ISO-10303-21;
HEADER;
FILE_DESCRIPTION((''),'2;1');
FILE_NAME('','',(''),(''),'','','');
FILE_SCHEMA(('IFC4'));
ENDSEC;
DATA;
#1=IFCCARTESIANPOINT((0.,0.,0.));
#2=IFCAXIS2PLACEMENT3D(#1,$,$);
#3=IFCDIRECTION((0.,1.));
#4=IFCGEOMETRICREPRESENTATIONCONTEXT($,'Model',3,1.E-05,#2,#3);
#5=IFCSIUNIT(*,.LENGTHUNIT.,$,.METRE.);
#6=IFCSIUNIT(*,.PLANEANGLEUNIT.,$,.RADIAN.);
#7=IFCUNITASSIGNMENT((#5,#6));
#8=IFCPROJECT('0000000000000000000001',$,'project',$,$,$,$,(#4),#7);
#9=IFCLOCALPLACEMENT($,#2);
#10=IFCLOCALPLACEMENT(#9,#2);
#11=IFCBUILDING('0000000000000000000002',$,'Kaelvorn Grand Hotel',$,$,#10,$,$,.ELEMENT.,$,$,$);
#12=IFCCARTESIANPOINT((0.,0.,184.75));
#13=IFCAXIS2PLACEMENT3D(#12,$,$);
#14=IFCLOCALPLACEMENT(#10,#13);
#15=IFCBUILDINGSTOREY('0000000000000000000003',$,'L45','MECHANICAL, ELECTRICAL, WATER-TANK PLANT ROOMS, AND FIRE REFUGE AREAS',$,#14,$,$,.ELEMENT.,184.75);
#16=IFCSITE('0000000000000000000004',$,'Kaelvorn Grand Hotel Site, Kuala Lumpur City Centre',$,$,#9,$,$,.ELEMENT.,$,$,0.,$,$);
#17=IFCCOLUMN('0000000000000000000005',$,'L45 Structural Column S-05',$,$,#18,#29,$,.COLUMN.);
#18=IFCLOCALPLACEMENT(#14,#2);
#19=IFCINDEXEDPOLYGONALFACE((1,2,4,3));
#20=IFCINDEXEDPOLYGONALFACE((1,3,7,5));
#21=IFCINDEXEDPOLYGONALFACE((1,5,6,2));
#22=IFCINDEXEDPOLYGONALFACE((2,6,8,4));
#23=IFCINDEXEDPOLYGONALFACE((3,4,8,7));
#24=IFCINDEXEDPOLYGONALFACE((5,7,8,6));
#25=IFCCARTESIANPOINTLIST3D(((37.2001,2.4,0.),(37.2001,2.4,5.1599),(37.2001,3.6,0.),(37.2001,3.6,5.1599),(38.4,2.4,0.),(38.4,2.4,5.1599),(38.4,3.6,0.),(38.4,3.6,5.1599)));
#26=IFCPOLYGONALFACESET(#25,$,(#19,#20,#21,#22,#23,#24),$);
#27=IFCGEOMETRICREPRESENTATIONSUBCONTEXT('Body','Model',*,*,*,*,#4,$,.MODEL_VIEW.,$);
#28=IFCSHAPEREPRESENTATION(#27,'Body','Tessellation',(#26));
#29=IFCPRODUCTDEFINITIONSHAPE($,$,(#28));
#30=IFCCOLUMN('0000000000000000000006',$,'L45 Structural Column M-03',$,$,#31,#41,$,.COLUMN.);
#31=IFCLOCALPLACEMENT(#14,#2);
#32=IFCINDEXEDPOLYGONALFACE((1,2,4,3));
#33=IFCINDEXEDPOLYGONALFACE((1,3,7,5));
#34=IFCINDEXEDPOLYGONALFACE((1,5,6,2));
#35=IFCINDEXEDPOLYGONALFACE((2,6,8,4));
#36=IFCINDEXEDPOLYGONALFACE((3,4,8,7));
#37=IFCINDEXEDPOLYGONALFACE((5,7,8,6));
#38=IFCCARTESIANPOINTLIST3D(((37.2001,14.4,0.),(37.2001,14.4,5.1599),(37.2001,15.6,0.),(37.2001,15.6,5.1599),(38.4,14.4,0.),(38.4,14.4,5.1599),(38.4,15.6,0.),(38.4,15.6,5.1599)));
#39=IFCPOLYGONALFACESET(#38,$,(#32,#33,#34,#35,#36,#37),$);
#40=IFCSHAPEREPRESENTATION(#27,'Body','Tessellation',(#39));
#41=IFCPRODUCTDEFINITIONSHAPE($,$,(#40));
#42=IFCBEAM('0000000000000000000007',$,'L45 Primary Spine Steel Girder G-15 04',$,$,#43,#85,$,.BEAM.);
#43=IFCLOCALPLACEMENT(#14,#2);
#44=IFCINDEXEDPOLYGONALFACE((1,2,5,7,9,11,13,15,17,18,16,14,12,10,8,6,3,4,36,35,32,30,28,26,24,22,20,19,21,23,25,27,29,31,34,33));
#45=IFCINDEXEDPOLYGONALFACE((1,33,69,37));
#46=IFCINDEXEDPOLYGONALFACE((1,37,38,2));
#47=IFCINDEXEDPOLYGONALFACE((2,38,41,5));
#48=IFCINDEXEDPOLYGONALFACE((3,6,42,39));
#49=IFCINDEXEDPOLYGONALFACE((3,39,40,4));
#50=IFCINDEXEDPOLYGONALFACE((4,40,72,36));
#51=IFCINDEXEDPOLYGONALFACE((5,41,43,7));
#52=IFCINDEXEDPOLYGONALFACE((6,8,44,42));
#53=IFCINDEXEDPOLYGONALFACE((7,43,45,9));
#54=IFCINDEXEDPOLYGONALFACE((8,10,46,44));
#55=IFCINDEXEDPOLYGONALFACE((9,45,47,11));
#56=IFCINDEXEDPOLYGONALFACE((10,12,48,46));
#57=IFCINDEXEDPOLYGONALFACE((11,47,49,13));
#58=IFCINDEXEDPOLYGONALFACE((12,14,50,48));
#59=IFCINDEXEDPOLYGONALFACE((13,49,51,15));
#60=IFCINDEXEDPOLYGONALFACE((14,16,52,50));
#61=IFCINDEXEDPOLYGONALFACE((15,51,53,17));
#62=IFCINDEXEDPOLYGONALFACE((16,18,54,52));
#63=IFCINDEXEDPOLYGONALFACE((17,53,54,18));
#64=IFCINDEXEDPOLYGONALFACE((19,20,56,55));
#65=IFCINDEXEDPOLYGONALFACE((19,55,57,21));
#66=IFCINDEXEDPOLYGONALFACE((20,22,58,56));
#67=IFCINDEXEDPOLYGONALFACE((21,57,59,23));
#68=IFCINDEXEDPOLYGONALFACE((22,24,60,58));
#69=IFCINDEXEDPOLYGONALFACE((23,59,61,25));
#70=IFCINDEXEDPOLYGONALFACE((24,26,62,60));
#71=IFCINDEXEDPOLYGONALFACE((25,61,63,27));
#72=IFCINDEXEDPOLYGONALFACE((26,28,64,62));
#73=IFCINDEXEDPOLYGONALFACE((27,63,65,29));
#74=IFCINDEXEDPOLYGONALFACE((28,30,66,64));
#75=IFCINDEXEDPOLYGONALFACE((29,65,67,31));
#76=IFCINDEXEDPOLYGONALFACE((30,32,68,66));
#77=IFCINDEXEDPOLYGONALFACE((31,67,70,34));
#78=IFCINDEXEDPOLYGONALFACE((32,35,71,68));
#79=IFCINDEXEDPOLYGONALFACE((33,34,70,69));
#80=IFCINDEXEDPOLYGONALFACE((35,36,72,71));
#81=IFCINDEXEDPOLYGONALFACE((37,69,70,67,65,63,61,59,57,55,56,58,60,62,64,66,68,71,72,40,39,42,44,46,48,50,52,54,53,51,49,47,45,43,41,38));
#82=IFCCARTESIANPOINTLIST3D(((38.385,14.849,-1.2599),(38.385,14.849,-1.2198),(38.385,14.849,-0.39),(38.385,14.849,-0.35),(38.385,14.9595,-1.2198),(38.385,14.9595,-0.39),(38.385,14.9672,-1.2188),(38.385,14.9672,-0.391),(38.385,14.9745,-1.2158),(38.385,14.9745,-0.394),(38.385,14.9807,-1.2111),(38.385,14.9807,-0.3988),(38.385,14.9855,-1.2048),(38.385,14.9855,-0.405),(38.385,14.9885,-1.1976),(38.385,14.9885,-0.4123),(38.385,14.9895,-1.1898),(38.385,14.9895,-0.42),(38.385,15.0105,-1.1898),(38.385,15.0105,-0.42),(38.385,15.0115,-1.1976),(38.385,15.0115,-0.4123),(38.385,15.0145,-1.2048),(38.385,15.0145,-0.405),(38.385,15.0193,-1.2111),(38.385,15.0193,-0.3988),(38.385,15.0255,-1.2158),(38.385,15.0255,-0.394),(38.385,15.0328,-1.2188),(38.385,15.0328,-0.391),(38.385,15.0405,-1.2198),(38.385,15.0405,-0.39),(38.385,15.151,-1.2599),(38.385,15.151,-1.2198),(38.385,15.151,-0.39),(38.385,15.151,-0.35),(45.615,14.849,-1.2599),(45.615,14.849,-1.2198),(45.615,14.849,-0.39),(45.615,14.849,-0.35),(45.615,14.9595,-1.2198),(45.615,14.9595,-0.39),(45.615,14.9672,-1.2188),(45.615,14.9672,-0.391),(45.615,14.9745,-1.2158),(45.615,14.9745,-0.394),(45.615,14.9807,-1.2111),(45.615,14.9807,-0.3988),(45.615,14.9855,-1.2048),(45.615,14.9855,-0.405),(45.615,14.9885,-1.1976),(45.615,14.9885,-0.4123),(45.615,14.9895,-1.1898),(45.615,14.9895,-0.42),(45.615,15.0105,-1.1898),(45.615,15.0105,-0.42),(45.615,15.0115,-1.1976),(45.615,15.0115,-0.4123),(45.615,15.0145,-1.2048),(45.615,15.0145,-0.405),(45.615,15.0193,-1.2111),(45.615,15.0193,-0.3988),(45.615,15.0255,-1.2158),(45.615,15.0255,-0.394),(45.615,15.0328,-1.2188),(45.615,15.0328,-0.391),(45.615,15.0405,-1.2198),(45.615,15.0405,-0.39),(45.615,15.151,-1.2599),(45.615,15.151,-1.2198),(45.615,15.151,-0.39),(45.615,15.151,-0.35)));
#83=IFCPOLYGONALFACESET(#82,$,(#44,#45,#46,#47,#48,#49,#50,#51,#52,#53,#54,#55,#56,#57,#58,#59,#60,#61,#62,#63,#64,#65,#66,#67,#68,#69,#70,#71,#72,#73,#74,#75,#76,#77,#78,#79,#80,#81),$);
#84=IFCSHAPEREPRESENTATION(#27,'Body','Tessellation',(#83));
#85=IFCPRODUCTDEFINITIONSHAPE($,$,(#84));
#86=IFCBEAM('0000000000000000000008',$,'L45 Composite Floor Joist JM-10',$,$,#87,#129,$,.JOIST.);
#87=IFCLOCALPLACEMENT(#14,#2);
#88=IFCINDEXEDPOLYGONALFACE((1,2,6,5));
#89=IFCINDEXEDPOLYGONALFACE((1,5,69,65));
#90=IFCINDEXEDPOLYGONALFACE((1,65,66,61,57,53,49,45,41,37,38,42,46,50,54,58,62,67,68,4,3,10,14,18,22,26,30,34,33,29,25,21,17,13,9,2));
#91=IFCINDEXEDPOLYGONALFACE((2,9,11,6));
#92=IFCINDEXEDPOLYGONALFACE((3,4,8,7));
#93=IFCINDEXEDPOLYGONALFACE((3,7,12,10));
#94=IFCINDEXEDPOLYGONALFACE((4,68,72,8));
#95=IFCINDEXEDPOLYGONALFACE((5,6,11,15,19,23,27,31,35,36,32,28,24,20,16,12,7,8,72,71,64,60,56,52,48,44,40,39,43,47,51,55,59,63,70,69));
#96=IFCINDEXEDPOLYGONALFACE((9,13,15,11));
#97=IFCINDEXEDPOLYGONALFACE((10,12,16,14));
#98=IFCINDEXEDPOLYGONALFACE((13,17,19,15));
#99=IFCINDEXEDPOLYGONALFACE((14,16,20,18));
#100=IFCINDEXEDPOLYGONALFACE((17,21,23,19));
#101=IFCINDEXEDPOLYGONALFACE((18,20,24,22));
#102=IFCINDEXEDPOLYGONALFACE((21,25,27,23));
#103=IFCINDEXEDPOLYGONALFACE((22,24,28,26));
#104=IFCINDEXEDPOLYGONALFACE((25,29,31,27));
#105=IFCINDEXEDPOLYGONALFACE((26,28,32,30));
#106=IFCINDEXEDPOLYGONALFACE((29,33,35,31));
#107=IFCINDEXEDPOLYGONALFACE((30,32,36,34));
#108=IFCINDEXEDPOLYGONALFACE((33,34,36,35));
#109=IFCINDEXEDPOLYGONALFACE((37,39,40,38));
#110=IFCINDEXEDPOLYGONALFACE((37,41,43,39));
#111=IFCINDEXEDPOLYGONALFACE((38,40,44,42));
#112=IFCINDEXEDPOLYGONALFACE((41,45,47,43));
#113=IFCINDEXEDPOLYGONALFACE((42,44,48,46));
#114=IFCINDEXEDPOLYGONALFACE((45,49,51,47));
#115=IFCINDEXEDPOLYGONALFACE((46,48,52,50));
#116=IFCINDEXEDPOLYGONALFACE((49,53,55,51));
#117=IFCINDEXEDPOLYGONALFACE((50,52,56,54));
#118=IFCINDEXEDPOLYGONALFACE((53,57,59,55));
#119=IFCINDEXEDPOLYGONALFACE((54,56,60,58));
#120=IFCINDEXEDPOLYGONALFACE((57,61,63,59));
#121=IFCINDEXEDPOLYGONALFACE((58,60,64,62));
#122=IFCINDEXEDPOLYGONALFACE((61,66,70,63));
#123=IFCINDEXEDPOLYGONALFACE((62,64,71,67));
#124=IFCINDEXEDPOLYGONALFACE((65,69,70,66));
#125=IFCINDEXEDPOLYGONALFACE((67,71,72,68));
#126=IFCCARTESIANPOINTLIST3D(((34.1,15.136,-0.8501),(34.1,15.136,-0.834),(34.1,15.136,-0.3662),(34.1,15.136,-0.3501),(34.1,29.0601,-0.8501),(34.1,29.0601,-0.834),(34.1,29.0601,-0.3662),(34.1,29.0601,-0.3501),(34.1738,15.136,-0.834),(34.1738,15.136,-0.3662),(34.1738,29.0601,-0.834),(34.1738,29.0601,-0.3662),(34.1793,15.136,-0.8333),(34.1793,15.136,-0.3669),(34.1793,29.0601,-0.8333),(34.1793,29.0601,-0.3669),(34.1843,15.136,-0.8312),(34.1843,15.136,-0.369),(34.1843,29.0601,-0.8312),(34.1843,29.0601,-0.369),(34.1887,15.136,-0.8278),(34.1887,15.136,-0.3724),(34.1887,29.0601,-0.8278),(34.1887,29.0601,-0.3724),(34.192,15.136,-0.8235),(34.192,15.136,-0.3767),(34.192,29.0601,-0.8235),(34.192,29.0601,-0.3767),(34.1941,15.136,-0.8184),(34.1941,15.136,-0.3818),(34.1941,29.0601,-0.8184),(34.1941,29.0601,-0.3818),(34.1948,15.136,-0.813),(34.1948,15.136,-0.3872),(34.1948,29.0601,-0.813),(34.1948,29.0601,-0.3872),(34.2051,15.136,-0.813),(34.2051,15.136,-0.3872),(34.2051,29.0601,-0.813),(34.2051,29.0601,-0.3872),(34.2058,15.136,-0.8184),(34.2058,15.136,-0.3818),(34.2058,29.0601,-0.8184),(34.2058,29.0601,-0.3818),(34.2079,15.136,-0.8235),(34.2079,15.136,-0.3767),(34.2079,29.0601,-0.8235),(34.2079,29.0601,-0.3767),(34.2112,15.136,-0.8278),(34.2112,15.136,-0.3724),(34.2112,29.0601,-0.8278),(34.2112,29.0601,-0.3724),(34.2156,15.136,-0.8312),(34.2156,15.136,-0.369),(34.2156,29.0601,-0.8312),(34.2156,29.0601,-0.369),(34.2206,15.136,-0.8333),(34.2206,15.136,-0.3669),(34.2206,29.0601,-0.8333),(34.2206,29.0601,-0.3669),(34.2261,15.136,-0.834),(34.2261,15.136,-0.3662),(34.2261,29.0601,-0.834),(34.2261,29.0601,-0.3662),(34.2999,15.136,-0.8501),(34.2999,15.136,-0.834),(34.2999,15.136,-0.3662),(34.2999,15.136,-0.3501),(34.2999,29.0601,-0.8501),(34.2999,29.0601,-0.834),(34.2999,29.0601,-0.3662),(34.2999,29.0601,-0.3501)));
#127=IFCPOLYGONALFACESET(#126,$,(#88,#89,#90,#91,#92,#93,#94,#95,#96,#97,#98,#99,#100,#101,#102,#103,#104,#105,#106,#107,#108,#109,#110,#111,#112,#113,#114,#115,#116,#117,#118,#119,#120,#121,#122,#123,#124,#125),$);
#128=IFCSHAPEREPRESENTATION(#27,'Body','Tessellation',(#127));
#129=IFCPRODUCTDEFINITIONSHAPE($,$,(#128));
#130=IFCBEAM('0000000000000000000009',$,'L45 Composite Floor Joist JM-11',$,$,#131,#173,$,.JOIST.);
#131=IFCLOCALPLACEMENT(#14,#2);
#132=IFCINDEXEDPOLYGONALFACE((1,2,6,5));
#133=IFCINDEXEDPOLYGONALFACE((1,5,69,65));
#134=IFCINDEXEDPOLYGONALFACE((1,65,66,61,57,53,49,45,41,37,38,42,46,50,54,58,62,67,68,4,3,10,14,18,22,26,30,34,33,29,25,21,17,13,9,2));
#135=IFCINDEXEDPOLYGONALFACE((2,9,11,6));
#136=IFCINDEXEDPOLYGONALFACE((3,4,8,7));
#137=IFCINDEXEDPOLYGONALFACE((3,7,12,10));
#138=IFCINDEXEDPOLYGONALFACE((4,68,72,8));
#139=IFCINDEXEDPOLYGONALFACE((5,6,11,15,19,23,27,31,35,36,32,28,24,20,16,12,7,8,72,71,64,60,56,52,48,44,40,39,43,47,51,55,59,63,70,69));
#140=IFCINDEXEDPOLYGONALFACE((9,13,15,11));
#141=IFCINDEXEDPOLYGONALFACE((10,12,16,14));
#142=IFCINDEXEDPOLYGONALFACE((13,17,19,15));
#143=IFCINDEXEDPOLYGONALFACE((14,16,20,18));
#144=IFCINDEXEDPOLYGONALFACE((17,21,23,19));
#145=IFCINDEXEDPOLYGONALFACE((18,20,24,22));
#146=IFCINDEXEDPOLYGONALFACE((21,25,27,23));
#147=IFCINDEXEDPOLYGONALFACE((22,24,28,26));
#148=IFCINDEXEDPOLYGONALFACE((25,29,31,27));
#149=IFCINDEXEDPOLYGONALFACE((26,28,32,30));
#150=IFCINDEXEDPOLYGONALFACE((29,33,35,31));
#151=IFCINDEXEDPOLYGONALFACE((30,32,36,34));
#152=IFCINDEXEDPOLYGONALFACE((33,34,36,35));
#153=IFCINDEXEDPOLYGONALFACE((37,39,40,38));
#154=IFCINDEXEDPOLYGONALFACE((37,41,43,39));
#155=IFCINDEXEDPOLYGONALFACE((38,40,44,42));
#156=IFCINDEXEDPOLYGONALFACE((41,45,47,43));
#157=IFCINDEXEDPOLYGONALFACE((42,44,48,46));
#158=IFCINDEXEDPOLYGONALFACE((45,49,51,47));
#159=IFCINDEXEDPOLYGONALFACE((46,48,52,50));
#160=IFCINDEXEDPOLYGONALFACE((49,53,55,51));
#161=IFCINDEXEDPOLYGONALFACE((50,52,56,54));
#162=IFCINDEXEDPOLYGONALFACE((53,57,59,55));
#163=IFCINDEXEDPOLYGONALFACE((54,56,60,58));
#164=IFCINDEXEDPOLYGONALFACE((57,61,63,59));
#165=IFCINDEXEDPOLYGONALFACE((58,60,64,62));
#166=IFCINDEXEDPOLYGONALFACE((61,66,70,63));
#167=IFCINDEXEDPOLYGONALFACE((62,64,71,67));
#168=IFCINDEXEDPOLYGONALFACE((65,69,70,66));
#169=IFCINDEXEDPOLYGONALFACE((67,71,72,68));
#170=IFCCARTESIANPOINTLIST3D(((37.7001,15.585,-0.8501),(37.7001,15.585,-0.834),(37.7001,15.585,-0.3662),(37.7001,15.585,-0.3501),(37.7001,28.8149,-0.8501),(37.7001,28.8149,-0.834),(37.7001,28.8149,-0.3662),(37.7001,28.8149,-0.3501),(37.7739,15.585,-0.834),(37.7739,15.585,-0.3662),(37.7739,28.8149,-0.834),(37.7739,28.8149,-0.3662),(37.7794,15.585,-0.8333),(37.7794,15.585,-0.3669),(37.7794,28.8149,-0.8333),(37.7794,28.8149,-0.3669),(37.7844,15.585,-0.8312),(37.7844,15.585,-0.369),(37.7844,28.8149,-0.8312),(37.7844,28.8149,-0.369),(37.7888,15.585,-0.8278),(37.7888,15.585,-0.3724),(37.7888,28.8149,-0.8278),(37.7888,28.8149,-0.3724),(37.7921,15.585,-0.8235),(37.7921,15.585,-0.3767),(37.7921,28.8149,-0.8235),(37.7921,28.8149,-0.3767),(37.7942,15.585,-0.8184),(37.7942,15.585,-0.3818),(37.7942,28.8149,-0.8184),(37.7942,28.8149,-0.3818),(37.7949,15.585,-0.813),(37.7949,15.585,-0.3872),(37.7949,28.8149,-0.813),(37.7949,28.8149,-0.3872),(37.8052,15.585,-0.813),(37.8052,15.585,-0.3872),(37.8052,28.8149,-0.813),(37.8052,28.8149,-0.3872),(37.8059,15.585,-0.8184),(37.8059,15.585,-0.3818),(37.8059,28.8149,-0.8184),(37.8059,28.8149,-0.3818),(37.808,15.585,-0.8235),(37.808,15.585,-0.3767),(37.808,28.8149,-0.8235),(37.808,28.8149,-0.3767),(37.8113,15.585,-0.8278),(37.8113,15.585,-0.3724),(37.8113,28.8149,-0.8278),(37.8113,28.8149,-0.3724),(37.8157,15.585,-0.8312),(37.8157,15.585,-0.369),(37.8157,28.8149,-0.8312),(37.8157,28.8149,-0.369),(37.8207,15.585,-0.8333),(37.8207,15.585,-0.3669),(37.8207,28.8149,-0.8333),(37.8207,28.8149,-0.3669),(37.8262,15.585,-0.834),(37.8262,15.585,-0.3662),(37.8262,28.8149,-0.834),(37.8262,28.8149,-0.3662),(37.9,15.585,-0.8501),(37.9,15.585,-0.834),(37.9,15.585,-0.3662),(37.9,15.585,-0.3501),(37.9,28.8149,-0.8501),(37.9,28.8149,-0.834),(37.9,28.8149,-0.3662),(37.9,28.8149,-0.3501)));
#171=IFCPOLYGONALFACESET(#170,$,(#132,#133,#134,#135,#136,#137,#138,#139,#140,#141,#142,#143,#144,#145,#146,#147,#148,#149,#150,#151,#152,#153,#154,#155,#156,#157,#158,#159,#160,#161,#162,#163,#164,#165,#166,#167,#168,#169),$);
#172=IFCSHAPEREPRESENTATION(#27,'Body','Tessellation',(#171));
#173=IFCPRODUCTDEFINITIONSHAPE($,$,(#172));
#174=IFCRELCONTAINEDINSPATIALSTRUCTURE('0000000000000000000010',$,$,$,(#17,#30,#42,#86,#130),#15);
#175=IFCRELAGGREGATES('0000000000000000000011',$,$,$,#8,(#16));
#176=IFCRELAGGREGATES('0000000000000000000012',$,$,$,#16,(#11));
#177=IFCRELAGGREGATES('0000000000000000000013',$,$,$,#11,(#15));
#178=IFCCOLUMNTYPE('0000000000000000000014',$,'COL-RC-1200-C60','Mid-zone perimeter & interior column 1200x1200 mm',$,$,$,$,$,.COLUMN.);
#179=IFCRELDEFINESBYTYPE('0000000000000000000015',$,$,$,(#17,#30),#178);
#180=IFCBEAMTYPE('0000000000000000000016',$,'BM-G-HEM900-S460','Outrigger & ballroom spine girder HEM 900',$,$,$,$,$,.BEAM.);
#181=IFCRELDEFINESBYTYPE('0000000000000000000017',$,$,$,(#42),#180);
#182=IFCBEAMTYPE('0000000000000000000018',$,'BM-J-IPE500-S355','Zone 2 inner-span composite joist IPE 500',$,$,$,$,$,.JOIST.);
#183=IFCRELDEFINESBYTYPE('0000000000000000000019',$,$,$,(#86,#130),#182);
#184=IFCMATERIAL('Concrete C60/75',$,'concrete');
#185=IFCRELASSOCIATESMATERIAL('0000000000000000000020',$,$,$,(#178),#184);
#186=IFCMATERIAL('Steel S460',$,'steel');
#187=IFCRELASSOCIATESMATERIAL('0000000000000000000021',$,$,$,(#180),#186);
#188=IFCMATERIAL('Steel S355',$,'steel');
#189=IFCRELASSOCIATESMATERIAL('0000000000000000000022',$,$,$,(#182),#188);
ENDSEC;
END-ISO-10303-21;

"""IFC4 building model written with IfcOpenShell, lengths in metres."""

from ifc_helpers import new_model, si_unit, direction, frame, origin, origin_2d, place, context, subcontext, project, spatial, rectangle, i_section, extrude, material, material_profile, profile_set, type_object, element, save


model = new_model("IFC4")

# Units and contexts
model_context = context("Model", 3, precision=1e-05, world=origin(), true_north=direction((0.0, 1.0)))
body_context = subcontext(model_context, "Body", "Model", "MODEL_VIEW")
ifc_project = project(units=[si_unit("LENGTHUNIT", "METRE"), si_unit("PLANEANGLEUNIT", "RADIAN")], contexts=[model_context])

# Site, building, storey
site_placement = place(None, origin())
site = spatial("IfcSite", under=ifc_project, at=site_placement, Name="Kaelvorn Grand Hotel Site, Kuala Lumpur City Centre", CompositionType="ELEMENT", RefElevation=0.0)
building_placement = place(site_placement, origin())
building = spatial("IfcBuilding", under=site, at=building_placement, Name="Kaelvorn Grand Hotel", CompositionType="ELEMENT")
storey_placement = place(building_placement, frame((0.0, 0.0, 184.75)))
storey = spatial("IfcBuildingStorey", under=building, at=storey_placement, Name="L45", Description="MECHANICAL, ELECTRICAL, WATER-TANK PLANT ROOMS, AND FIRE REFUGE AREAS", CompositionType="ELEMENT", Elevation=184.75)

# Columns
ifc_material_1 = material(Name="Concrete C60/75", Category="concrete")
ifc_material_profile_1 = material_profile(ifc_material_1, rectangle(XDim=1.2, YDim=1.2, at=origin_2d()), Name="RC COL 1200x1200")
ifc_profile_set_1 = profile_set([ifc_material_profile_1], Name="Concrete C60/75")
column_type = type_object("IfcColumnType", Name="COL-RC-1200-C60", Description="Mid-zone perimeter & interior column 1200x1200 mm", PredefinedType="COLUMN", material=ifc_profile_set_1)
for number, where, z_axis, x_axis, name in (
    (1, (37.8, 3.0, 0.0), (0.0, 0.0, 1.0), (1.0, 0.0, 0.0), "L45 Structural Column S-05"),
    (2, (37.8, 15.0, 0.0), (0.0, 0.0, 1.0), (1.0, 0.0, 0.0), "L45 Structural Column M-03"),
):
    element("IfcColumn", number, at=place(storey_placement, frame(where, z_axis=z_axis, x_axis=x_axis)), inside=storey, type_object=column_type, Name=name, PredefinedType="COLUMN", context=body_context, shape_type="SweptSolid", body=[
        extrude(rectangle(XDim=1.2, YDim=1.2, at=origin_2d()), origin(), (0.0, 0.0, 1.0), 5.1599),
    ])

# Beams
ifc_material_2 = material(Name="Steel S460", Category="steel")
ifc_material_profile_2 = material_profile(ifc_material_2, i_section(OverallWidth=0.302, OverallDepth=0.9099, WebThickness=0.021, FlangeThickness=0.04, FilletRadius=0.03, at=origin_2d()), Name="HEM 900")
ifc_profile_set_2 = profile_set([ifc_material_profile_2], Name="Steel S460")
beam_type_1 = type_object("IfcBeamType", Name="BM-G-HEM900-S460", Description="Outrigger & ballroom spine girder HEM 900", PredefinedType="BEAM", material=ifc_profile_set_2)
beam_1_placement = place(storey_placement, frame((38.385, 15.0, -0.8049), z_axis=(1.0, 0.0, 0.0), x_axis=(0.0, 1.0, 0.0)))
element("IfcBeam", 3, at=beam_1_placement, inside=storey, type_object=beam_type_1, Name="L45 Primary Spine Steel Girder G-15 04", PredefinedType="BEAM", context=body_context, shape_type="SweptSolid", body=[
    extrude(i_section(OverallWidth=0.302, OverallDepth=0.9099, WebThickness=0.021, FlangeThickness=0.04, FilletRadius=0.03, at=origin_2d()), origin(), (0.0, 0.0, 1.0), 7.23),
])
ifc_material_3 = material(Name="Steel S355", Category="steel")
ifc_material_profile_3 = material_profile(ifc_material_3, i_section(OverallWidth=0.2, OverallDepth=0.5, WebThickness=0.0103, FlangeThickness=0.0161, FilletRadius=0.021, at=origin_2d()), Name="IPE 500")
ifc_profile_set_3 = profile_set([ifc_material_profile_3], Name="Steel S355")
beam_type_2 = type_object("IfcBeamType", Name="BM-J-IPE500-S355", Description="Zone 2 inner-span composite joist IPE 500", PredefinedType="JOIST", material=ifc_profile_set_3)
beam_2_placement = place(storey_placement, frame((34.2, 15.136, -0.6001), z_axis=(0.0, 1.0, 0.0), x_axis=(-1.0, 0.0, 0.0)))
element("IfcBeam", 4, at=beam_2_placement, inside=storey, type_object=beam_type_2, Name="L45 Composite Floor Joist JM-10", PredefinedType="JOIST", context=body_context, shape_type="SweptSolid", body=[
    extrude(i_section(OverallWidth=0.2, OverallDepth=0.5, WebThickness=0.0103, FlangeThickness=0.0161, FilletRadius=0.021, at=origin_2d()), origin(), (0.0, 0.0, 1.0), 13.9241),
])
beam_3_placement = place(storey_placement, frame((37.8, 15.585, -0.6001), z_axis=(0.0, 1.0, 0.0), x_axis=(-1.0, 0.0, 0.0)))
element("IfcBeam", 5, at=beam_3_placement, inside=storey, type_object=beam_type_2, Name="L45 Composite Floor Joist JM-11", PredefinedType="JOIST", context=body_context, shape_type="SweptSolid", body=[
    extrude(i_section(OverallWidth=0.2, OverallDepth=0.5, WebThickness=0.0103, FlangeThickness=0.0161, FilletRadius=0.021, at=origin_2d()), origin(), (0.0, 0.0, 1.0), 13.23),
])

save(model, "model.ifc")
